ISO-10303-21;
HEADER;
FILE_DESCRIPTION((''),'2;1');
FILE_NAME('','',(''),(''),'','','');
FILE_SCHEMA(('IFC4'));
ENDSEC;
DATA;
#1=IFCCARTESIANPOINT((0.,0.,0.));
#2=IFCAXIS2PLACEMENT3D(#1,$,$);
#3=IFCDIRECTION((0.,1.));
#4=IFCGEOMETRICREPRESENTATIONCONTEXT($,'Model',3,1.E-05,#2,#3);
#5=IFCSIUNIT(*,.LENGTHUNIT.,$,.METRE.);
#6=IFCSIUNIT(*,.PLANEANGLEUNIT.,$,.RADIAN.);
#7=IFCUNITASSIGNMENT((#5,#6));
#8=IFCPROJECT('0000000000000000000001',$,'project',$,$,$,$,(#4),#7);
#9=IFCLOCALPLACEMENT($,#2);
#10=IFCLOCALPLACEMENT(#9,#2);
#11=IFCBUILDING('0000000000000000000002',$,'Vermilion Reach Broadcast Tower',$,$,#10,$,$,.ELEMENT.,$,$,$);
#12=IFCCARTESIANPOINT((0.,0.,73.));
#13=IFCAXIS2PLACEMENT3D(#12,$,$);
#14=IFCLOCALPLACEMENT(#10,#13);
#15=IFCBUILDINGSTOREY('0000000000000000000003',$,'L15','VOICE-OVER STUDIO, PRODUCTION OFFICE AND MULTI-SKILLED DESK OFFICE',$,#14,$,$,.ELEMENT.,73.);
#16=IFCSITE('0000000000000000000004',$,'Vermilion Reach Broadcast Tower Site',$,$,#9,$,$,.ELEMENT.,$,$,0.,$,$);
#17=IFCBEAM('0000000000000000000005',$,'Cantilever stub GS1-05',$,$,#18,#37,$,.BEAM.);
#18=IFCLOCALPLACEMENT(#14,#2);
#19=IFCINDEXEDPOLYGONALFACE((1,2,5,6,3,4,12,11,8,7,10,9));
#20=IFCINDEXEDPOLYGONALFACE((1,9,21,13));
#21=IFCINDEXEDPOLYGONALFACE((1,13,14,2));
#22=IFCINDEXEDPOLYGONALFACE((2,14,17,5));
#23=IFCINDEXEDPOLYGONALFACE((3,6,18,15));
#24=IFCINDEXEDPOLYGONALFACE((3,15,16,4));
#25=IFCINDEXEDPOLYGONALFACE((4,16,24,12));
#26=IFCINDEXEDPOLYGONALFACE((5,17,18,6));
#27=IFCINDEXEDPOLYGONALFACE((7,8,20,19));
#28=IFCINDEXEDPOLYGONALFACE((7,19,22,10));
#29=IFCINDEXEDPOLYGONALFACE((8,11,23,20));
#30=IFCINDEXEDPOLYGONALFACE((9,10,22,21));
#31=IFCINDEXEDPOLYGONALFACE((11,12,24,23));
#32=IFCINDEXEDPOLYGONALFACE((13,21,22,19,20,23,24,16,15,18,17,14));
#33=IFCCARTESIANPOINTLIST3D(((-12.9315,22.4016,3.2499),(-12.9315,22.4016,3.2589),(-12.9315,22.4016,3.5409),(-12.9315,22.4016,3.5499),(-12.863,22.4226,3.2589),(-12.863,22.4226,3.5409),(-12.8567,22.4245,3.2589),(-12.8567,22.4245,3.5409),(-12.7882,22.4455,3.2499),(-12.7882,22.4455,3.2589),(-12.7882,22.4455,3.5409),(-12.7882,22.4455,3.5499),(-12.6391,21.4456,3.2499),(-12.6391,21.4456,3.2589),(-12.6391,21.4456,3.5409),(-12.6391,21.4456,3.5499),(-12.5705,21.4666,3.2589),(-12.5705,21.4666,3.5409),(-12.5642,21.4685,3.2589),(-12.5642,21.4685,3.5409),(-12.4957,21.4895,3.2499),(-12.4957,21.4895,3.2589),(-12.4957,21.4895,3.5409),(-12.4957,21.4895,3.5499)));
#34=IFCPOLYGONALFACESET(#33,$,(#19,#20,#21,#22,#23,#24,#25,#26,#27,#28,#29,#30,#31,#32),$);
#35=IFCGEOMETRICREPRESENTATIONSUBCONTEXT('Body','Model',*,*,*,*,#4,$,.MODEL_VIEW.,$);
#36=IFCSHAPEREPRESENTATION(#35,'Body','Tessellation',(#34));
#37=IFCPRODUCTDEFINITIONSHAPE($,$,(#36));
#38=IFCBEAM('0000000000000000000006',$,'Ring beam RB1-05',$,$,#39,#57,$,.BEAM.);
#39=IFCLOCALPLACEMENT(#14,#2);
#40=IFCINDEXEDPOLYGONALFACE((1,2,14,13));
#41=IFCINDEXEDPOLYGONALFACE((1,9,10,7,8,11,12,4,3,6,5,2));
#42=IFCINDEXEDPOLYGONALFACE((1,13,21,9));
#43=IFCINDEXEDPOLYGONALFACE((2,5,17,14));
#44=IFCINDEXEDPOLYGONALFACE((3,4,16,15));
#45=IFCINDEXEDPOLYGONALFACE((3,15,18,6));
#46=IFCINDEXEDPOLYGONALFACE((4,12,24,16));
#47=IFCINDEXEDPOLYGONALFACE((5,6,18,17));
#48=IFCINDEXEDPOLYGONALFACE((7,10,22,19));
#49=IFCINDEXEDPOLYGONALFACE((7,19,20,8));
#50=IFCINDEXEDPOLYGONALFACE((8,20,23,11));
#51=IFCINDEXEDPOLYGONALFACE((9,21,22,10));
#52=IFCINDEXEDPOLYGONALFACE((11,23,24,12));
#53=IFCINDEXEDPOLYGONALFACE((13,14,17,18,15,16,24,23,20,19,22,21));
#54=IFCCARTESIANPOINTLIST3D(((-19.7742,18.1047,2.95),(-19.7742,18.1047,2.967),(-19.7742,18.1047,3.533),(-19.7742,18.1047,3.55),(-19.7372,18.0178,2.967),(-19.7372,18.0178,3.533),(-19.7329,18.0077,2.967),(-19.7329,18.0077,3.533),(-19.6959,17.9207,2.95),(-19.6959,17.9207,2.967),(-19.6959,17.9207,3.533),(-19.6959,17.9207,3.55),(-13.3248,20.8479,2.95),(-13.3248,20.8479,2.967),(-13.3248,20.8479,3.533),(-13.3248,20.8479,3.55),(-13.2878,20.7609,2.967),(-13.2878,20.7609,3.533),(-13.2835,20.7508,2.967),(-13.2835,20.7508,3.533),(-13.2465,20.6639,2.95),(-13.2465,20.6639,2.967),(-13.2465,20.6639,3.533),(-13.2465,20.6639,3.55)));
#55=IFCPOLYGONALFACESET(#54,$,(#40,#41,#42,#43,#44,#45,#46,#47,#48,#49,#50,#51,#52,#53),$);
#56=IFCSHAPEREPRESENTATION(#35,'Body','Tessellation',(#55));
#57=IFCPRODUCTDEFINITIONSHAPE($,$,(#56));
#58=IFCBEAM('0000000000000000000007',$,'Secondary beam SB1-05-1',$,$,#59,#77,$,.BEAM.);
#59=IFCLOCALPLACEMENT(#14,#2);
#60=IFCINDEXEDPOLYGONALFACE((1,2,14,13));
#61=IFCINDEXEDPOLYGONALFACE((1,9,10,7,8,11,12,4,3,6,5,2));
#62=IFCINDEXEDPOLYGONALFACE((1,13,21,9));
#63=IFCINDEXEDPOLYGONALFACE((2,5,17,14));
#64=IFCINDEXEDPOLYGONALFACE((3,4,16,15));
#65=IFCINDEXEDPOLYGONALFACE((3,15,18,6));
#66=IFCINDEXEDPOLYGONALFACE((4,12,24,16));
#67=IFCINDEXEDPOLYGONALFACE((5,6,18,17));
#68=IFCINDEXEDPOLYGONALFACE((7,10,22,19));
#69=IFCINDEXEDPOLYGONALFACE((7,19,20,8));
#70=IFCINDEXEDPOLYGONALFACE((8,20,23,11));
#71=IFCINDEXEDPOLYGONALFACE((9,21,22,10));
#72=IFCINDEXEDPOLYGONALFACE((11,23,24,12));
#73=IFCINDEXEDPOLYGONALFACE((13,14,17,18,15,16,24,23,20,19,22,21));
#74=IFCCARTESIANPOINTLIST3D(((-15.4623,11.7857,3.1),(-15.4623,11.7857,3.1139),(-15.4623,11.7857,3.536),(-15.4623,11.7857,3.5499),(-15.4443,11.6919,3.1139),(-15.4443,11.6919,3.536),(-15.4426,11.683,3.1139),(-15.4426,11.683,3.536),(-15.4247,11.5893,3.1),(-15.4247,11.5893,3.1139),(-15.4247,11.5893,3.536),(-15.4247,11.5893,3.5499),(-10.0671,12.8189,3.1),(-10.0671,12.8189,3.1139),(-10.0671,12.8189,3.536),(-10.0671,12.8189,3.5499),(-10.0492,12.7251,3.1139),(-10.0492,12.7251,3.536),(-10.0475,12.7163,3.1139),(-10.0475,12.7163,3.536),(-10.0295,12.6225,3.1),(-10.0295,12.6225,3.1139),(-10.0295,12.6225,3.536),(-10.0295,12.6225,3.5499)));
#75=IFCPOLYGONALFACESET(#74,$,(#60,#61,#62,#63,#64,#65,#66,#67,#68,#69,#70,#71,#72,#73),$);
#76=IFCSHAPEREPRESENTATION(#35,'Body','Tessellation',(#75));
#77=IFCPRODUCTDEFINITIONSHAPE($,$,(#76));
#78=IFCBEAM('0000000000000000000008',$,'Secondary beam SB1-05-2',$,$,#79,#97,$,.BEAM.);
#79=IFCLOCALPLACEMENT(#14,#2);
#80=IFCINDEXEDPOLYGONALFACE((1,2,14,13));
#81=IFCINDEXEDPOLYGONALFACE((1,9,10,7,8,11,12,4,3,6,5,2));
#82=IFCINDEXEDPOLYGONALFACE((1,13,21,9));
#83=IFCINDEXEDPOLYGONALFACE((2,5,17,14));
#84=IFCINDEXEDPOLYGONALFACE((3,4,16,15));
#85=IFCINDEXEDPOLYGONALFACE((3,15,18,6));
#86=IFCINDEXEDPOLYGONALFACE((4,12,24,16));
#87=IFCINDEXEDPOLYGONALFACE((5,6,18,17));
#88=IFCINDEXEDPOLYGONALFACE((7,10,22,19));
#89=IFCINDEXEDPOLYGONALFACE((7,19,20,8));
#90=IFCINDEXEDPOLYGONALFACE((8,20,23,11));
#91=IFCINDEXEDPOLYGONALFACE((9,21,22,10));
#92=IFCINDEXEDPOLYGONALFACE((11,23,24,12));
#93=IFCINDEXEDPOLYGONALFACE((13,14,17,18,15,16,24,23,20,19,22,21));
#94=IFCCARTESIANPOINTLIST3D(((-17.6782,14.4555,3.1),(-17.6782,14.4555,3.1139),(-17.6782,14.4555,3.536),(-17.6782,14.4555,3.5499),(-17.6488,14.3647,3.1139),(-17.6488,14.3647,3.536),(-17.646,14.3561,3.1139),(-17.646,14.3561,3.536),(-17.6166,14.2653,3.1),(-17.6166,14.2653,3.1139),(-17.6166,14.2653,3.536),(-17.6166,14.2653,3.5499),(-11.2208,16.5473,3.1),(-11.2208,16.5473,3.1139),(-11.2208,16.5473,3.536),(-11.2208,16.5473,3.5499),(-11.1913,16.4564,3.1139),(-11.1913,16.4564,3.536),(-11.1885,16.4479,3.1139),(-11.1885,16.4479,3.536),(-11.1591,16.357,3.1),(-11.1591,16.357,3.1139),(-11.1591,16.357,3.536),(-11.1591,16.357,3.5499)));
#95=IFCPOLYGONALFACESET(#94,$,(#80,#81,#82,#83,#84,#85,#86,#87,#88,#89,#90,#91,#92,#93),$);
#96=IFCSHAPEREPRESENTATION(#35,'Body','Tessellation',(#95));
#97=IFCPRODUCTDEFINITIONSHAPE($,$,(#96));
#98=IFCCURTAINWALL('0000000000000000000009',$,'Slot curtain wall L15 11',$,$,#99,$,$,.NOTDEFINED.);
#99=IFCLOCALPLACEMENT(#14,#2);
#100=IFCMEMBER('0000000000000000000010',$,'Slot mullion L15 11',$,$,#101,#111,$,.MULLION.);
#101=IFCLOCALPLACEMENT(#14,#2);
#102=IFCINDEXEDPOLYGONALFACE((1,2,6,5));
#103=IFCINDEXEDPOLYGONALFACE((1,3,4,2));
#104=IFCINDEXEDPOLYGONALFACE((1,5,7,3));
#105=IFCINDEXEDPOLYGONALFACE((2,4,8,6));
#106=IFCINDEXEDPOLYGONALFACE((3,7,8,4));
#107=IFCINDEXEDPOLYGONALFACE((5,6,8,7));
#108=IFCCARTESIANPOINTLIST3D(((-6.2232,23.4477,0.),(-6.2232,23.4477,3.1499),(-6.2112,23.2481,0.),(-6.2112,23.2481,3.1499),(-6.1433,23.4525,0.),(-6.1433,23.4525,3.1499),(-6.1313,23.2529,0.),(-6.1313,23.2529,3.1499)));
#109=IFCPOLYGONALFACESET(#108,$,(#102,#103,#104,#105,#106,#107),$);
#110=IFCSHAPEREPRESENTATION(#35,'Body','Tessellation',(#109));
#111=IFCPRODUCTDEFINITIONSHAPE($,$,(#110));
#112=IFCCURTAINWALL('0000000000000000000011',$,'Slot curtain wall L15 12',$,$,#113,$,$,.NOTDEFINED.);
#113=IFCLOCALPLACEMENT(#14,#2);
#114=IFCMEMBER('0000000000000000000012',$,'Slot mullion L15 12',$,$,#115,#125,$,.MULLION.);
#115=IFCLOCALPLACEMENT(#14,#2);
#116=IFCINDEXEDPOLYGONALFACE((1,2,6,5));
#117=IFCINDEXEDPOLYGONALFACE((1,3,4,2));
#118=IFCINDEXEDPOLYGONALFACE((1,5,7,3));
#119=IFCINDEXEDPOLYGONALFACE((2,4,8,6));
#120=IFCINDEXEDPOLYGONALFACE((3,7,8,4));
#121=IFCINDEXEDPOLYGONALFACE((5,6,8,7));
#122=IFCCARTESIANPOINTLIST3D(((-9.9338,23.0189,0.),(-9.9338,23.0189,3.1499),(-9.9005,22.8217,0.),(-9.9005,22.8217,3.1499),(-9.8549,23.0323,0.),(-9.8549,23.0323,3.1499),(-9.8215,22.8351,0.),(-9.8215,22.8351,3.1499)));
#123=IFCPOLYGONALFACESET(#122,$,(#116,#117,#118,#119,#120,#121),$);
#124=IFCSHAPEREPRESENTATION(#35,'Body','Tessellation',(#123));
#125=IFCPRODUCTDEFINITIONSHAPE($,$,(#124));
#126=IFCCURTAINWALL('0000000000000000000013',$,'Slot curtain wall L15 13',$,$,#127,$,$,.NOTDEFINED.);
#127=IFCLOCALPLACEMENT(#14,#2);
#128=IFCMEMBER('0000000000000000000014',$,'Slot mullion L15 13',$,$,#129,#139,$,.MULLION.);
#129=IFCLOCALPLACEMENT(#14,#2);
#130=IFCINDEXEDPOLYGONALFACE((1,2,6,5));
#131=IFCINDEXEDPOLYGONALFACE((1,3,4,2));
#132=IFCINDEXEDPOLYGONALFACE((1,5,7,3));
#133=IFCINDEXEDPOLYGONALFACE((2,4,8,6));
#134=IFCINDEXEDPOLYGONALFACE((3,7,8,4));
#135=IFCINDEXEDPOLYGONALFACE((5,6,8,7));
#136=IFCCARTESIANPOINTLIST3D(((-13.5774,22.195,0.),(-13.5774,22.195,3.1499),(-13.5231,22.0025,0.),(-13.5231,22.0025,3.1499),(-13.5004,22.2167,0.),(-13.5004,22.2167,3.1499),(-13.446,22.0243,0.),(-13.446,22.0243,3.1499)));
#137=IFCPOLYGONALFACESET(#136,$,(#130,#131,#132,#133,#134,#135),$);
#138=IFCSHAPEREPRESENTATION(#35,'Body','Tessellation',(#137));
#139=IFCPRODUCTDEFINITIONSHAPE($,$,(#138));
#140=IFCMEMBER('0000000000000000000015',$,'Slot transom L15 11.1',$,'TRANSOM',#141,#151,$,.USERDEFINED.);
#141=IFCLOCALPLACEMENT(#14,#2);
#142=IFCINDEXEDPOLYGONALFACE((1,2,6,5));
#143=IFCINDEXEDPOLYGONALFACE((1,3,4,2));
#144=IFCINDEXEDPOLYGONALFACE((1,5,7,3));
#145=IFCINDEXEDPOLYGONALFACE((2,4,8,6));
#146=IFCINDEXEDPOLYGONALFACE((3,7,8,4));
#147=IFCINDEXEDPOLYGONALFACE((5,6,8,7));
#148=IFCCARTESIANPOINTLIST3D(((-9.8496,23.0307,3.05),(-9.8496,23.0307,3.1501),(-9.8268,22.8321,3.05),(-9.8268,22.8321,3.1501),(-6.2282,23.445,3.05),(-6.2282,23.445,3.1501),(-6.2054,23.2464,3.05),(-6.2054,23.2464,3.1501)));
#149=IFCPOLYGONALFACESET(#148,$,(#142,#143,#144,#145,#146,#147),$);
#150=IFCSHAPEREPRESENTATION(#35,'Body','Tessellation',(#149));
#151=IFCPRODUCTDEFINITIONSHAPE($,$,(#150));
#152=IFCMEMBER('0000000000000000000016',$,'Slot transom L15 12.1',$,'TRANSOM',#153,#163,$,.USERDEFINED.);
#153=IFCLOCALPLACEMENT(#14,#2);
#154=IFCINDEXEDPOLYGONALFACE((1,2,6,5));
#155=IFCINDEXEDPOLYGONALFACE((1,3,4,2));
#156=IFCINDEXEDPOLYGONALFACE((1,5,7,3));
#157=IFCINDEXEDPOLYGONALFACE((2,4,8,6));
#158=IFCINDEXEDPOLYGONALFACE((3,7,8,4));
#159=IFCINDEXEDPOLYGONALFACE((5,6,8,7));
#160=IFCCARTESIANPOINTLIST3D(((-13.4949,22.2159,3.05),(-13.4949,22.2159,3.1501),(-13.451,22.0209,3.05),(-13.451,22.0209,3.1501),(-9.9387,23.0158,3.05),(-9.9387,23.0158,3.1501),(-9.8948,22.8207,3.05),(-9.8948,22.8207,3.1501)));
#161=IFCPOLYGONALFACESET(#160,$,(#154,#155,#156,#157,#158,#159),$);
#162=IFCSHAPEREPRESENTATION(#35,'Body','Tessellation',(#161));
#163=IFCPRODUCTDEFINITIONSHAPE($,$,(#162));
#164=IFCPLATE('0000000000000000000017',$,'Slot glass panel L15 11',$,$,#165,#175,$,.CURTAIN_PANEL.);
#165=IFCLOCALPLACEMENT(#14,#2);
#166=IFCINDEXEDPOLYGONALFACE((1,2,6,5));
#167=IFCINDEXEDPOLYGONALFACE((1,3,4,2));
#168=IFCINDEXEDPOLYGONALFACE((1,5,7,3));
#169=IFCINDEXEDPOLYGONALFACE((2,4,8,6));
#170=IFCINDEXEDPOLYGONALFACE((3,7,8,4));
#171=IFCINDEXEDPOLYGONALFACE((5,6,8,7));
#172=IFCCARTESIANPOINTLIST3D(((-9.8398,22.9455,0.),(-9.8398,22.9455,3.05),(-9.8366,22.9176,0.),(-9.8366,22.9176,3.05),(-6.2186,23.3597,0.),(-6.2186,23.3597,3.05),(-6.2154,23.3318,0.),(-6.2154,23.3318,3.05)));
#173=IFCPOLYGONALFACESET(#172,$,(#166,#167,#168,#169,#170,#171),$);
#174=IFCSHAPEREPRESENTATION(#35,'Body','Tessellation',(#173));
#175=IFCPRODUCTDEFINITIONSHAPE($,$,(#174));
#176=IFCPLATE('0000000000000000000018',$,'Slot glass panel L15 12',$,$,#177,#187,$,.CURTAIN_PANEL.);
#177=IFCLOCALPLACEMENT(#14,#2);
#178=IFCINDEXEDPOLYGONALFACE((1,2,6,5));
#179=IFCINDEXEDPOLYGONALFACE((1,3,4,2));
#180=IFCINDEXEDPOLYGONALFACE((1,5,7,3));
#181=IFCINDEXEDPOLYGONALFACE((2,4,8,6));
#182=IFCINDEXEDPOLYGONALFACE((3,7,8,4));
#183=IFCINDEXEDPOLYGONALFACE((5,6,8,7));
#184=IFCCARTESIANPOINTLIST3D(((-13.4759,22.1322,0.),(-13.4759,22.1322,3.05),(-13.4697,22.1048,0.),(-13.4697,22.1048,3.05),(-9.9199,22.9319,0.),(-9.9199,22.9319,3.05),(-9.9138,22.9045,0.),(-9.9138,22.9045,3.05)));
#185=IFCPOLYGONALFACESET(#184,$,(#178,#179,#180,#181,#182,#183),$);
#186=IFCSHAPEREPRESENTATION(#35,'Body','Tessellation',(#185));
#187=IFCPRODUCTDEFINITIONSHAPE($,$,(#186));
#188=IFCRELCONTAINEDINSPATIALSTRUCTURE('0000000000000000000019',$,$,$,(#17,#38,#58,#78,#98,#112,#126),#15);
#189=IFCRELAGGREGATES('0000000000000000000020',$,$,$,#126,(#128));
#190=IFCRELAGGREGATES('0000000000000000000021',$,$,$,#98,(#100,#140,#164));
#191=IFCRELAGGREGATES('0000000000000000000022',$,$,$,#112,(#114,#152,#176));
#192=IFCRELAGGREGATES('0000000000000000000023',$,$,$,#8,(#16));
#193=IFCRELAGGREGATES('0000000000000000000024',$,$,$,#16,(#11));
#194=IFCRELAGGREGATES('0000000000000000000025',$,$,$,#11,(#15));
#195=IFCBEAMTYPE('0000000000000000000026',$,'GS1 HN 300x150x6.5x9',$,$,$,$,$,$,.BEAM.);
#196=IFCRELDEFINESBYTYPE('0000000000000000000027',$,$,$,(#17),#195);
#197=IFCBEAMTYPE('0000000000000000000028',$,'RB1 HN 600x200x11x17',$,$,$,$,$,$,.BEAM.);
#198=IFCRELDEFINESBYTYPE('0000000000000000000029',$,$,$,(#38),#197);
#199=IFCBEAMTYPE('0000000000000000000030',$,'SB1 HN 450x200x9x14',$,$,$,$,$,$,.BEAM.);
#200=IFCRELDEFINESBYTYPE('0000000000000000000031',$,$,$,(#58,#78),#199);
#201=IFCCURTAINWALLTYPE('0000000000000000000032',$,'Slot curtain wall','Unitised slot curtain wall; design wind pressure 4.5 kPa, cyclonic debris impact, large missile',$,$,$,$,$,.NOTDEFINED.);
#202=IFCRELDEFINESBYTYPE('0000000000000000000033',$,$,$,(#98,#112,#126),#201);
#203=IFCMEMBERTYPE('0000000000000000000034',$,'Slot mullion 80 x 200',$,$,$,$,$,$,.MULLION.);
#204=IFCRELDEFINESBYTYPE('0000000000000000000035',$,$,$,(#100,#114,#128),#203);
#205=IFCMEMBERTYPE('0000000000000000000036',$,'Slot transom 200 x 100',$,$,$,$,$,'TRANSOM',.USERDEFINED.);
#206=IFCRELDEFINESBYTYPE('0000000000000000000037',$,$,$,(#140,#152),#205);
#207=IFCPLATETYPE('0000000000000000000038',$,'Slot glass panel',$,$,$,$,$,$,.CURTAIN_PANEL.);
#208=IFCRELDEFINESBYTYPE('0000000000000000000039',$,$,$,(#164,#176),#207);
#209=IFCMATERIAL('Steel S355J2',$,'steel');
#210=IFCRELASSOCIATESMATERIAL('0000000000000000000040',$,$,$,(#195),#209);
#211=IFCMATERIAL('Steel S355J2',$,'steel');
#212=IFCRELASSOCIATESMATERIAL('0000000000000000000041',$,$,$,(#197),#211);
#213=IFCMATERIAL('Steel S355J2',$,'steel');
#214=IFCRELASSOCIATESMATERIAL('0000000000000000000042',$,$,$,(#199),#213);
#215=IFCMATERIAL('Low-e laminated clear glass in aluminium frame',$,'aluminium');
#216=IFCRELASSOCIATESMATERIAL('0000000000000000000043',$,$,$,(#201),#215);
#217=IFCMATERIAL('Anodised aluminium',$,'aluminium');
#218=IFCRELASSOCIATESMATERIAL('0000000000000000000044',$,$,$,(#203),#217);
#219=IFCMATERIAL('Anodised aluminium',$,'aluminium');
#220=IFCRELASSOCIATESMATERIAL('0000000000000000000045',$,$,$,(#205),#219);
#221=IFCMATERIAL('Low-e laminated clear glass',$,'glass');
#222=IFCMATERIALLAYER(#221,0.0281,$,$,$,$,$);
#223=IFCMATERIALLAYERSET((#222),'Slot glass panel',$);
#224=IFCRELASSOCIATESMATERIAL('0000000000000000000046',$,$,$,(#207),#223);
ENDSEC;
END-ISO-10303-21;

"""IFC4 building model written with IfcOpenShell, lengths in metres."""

from ifc_helpers import new_model, si_unit, direction, frame, origin, origin_2d, place, context, subcontext, project, spatial, rectangle, i_section, extrude, material, layer, layer_set, material_profile, profile_set, type_object, element, aggregate, save


model = new_model("IFC4")

# Units and contexts
model_context = context("Model", 3, precision=1e-05, world=origin(), true_north=direction((0.0, 1.0)))
body_context = subcontext(model_context, "Body", "Model", "MODEL_VIEW")
ifc_project = project(units=[si_unit("LENGTHUNIT", "METRE"), si_unit("PLANEANGLEUNIT", "RADIAN")], contexts=[model_context])

# Site, building, storey
site_placement = place(None, origin())
site = spatial("IfcSite", under=ifc_project, at=site_placement, Name="Vermilion Reach Broadcast Tower Site", CompositionType="ELEMENT", RefElevation=0.0)
building_placement = place(site_placement, origin())
building = spatial("IfcBuilding", under=site, at=building_placement, Name="Vermilion Reach Broadcast Tower", CompositionType="ELEMENT")
storey_placement = place(building_placement, frame((0.0, 0.0, 73.0)))
storey = spatial("IfcBuildingStorey", under=building, at=storey_placement, Name="L15", Description="VOICE-OVER STUDIO, PRODUCTION OFFICE AND MULTI-SKILLED DESK OFFICE", CompositionType="ELEMENT", Elevation=73.0)

# Beams
ifc_material_1 = material(Name="Steel S355J2", Category="steel")
ifc_material_profile_1 = material_profile(ifc_material_1, i_section(OverallWidth=0.1499, OverallDepth=0.3, WebThickness=0.0066, FlangeThickness=0.009, at=origin_2d()), Name="S355J2 HN 300x150x6.5x9")
ifc_profile_set_1 = profile_set([ifc_material_profile_1], Name="Steel S355J2")
beam_type_1 = type_object("IfcBeamType", Name="GS1 HN 300x150x6.5x9", PredefinedType="BEAM", material=ifc_profile_set_1)
beam_1_placement = place(storey_placement, frame((-12.5674, 21.4675, 3.3999), z_axis=(-0.292541, 0.956253, 0.0), x_axis=(-0.956253, -0.292541, 0.0)))
element("IfcBeam", 1, at=beam_1_placement, inside=storey, type_object=beam_type_1, Name="Cantilever stub GS1-05", PredefinedType="BEAM", context=body_context, shape_type="SweptSolid", body=[
    extrude(i_section(OverallWidth=0.1499, OverallDepth=0.3, WebThickness=0.0066, FlangeThickness=0.009, at=origin_2d()), origin(), (0.0, 0.0, 1.0), 0.9998),
])
ifc_material_2 = material(Name="Steel S355J2", Category="steel")
ifc_material_profile_2 = material_profile(ifc_material_2, i_section(OverallWidth=0.2, OverallDepth=0.6001, WebThickness=0.011, FlangeThickness=0.0171, at=origin_2d()), Name="S355J2 HN 600x200x11x17")
ifc_profile_set_2 = profile_set([ifc_material_profile_2], Name="Steel S355J2")
beam_type_2 = type_object("IfcBeamType", Name="RB1 HN 600x200x11x17", PredefinedType="BEAM", material=ifc_profile_set_2)
beam_2_placement = place(storey_placement, frame((-13.2856, 20.7559, 3.25), z_axis=(-0.920221, -0.3914, 0.0), x_axis=(0.3914, -0.920221, 0.0)))
element("IfcBeam", 2, at=beam_2_placement, inside=storey, type_object=beam_type_2, Name="Ring beam RB1-05", PredefinedType="BEAM", context=body_context, shape_type="SweptSolid", body=[
    extrude(i_section(OverallWidth=0.2, OverallDepth=0.6001, WebThickness=0.011, FlangeThickness=0.0171, at=origin_2d()), origin(), (0.0, 0.0, 1.0), 7.0085),
])
ifc_material_3 = material(Name="Steel S355J2", Category="steel")
ifc_material_profile_3 = material_profile(ifc_material_3, i_section(OverallWidth=0.2, OverallDepth=0.45, WebThickness=0.009, FlangeThickness=0.0139, at=origin_2d()), Name="S355J2 HN 450x200x9x14")
ifc_profile_set_3 = profile_set([ifc_material_profile_3], Name="Steel S355J2")
beam_type_3 = type_object("IfcBeamType", Name="SB1 HN 450x200x9x14", PredefinedType="BEAM", material=ifc_profile_set_3)
beam_3_placement = place(storey_placement, frame((-10.0483, 12.7207, 3.325), z_axis=(-0.982151, -0.188092, 0.0), x_axis=(0.188092, -0.982151, 0.0)))
element("IfcBeam", 3, at=beam_3_placement, inside=storey, type_object=beam_type_3, Name="Secondary beam SB1-05-1", PredefinedType="BEAM", context=body_context, shape_type="SweptSolid", body=[
    extrude(i_section(OverallWidth=0.2, OverallDepth=0.45, WebThickness=0.009, FlangeThickness=0.0139, at=origin_2d()), origin(), (0.0, 0.0, 1.0), 5.4932),
])
beam_4_placement = place(storey_placement, frame((-11.1899, 16.4521, 3.325), z_axis=(-0.951332, -0.308167, 0.0), x_axis=(0.308167, -0.951332, 0.0)))
element("IfcBeam", 4, at=beam_4_placement, inside=storey, type_object=beam_type_3, Name="Secondary beam SB1-05-2", PredefinedType="BEAM", context=body_context, shape_type="SweptSolid", body=[
    extrude(i_section(OverallWidth=0.2, OverallDepth=0.45, WebThickness=0.009, FlangeThickness=0.0139, at=origin_2d()), origin(), (0.0, 0.0, 1.0), 6.7878),
])

# Curtain walls, members
ifc_material_4 = material(Name="Low-e laminated clear glass in aluminium frame", Category="aluminium")
curtain_wall_type = type_object("IfcCurtainWallType", Name="Slot curtain wall", Description="Unitised slot curtain wall; design wind pressure 4.5 kPa, cyclonic debris impact, large missile", PredefinedType="NOTDEFINED", material=ifc_material_4)
placement = place(storey_placement, origin())
curtain_wall_1 = element("IfcCurtainWall", 5, at=placement, inside=storey, type_object=curtain_wall_type, Name="Slot curtain wall L15 11", PredefinedType="NOTDEFINED")
ifc_material_5 = material(Name="Anodised aluminium", Category="aluminium")
ifc_material_profile_4 = material_profile(ifc_material_5, rectangle(XDim=0.2, YDim=0.0801, at=origin_2d()), Name="Slot mullion 80 x 200")
ifc_profile_set_4 = profile_set([ifc_material_profile_4], Name="Anodised aluminium")
member_type_1 = type_object("IfcMemberType", Name="Slot mullion 80 x 200", PredefinedType="MULLION", material=ifc_profile_set_4)
member_1_placement = place(storey_placement, frame((-6.1772, 23.3503, 0.0), z_axis=(0.0, 0.0, 1.0), x_axis=(0.0599, -0.998204, 0.0)))
member_1 = element("IfcMember", 6, at=member_1_placement, type_object=member_type_1, Name="Slot mullion L15 11", PredefinedType="MULLION", context=body_context, shape_type="SweptSolid", body=[
    extrude(rectangle(XDim=0.2, YDim=0.0801, at=origin_2d()), origin(), (0.0, 0.0, 1.0), 3.1499),
])
curtain_wall_2 = element("IfcCurtainWall", 7, at=placement, inside=storey, type_object=curtain_wall_type, Name="Slot curtain wall L15 12", PredefinedType="NOTDEFINED")
member_2_placement = place(storey_placement, frame((-9.8777, 22.927, 0.0), z_axis=(0.0, 0.0, 1.0), x_axis=(0.166769, -0.985996, 0.0)))
member_2 = element("IfcMember", 8, at=member_2_placement, type_object=member_type_1, Name="Slot mullion L15 12", PredefinedType="MULLION", context=body_context, shape_type="SweptSolid", body=[
    extrude(rectangle(XDim=0.2, YDim=0.0801, at=origin_2d()), origin(), (0.0, 0.0, 1.0), 3.1499),
])
curtain_wall_3 = element("IfcCurtainWall", 9, at=placement, inside=storey, type_object=curtain_wall_type, Name="Slot curtain wall L15 13", PredefinedType="NOTDEFINED")
member_3_placement = place(storey_placement, frame((-13.5117, 22.1096, 0.0), z_axis=(0.0, 0.0, 1.0), x_axis=(0.271708, -0.96238, 0.0)))
member_3 = element("IfcMember", 10, at=member_3_placement, type_object=member_type_1, Name="Slot mullion L15 13", PredefinedType="MULLION", context=body_context, shape_type="SweptSolid", body=[
    extrude(rectangle(XDim=0.2, YDim=0.0801, at=origin_2d()), origin(), (0.0, 0.0, 1.0), 3.1499),
])
aggregate(curtain_wall_3, [member_3])

# Members
ifc_material_6 = material(Name="Anodised aluminium", Category="aluminium")
ifc_material_profile_5 = material_profile(ifc_material_6, rectangle(XDim=0.2, YDim=0.1001, at=origin_2d()), Name="Slot transom 200 x 100")
ifc_profile_set_5 = profile_set([ifc_material_profile_5], Name="Anodised aluminium")
member_type_2 = type_object("IfcMemberType", Name="Slot transom 200 x 100", ElementType="TRANSOM", PredefinedType="USERDEFINED", material=ifc_profile_set_5)
member_4_placement = place(storey_placement, frame((-6.2168, 23.3457, 3.1001), z_axis=(-0.993519, -0.113666, 0.0), x_axis=(0.113666, -0.993519, 0.0)))
member_4 = element("IfcMember", 11, at=member_4_placement, type_object=member_type_2, Name="Slot transom L15 11.1", ObjectType="TRANSOM", PredefinedType="USERDEFINED", context=body_context, shape_type="SweptSolid", body=[
    extrude(rectangle(XDim=0.2, YDim=0.1001, at=origin_2d()), origin(), (0.0, 0.0, 1.0), 3.645),
])
member_5_placement = place(storey_placement, frame((-9.9167, 22.9182, 3.1001), z_axis=(-0.975629, -0.219426, 0.0), x_axis=(0.219426, -0.975629, 0.0)))
member_5 = element("IfcMember", 12, at=member_5_placement, type_object=member_type_2, Name="Slot transom L15 12.1", ObjectType="TRANSOM", PredefinedType="USERDEFINED", context=body_context, shape_type="SweptSolid", body=[
    extrude(rectangle(XDim=0.2, YDim=0.1001, at=origin_2d()), origin(), (0.0, 0.0, 1.0), 3.645),
])

# Plates
ifc_material_7 = material(Name="Low-e laminated clear glass", Category="glass")
ifc_layer_1 = layer(ifc_material_7, 0.0281)
ifc_layer_set_1 = layer_set([ifc_layer_1], Name="Slot glass panel")
plate_type = type_object("IfcPlateType", Name="Slot glass panel", PredefinedType="CURTAIN_PANEL", material=ifc_layer_set_1)
plate_1_placement = place(storey_placement, frame((-8.0276, 23.1387, 0.0), z_axis=(0.0, 0.0, 1.0), x_axis=(-0.993521, -0.113649, 0.0)))
plate_1 = element("IfcPlate", 13, at=plate_1_placement, type_object=plate_type, Name="Slot glass panel L15 11", PredefinedType="CURTAIN_PANEL", context=body_context, shape_type="SweptSolid", body=[
    extrude(rectangle(XDim=3.6448, YDim=0.0281, at=origin_2d()), origin(), (0.0, 0.0, 1.0), 3.05),
])
aggregate(curtain_wall_1, [member_1, member_4, plate_1])
plate_2_placement = place(storey_placement, frame((-11.6948, 22.5183, 0.0), z_axis=(0.0, 0.0, 1.0), x_axis=(-0.975633, -0.219409, 0.0)))
plate_2 = element("IfcPlate", 14, at=plate_2_placement, type_object=plate_type, Name="Slot glass panel L15 12", PredefinedType="CURTAIN_PANEL", context=body_context, shape_type="SweptSolid", body=[
    extrude(rectangle(XDim=3.6448, YDim=0.0281, at=origin_2d()), origin(), (0.0, 0.0, 1.0), 3.05),
])
aggregate(curtain_wall_2, [member_2, member_5, plate_2])

save(model, "model.ifc")
